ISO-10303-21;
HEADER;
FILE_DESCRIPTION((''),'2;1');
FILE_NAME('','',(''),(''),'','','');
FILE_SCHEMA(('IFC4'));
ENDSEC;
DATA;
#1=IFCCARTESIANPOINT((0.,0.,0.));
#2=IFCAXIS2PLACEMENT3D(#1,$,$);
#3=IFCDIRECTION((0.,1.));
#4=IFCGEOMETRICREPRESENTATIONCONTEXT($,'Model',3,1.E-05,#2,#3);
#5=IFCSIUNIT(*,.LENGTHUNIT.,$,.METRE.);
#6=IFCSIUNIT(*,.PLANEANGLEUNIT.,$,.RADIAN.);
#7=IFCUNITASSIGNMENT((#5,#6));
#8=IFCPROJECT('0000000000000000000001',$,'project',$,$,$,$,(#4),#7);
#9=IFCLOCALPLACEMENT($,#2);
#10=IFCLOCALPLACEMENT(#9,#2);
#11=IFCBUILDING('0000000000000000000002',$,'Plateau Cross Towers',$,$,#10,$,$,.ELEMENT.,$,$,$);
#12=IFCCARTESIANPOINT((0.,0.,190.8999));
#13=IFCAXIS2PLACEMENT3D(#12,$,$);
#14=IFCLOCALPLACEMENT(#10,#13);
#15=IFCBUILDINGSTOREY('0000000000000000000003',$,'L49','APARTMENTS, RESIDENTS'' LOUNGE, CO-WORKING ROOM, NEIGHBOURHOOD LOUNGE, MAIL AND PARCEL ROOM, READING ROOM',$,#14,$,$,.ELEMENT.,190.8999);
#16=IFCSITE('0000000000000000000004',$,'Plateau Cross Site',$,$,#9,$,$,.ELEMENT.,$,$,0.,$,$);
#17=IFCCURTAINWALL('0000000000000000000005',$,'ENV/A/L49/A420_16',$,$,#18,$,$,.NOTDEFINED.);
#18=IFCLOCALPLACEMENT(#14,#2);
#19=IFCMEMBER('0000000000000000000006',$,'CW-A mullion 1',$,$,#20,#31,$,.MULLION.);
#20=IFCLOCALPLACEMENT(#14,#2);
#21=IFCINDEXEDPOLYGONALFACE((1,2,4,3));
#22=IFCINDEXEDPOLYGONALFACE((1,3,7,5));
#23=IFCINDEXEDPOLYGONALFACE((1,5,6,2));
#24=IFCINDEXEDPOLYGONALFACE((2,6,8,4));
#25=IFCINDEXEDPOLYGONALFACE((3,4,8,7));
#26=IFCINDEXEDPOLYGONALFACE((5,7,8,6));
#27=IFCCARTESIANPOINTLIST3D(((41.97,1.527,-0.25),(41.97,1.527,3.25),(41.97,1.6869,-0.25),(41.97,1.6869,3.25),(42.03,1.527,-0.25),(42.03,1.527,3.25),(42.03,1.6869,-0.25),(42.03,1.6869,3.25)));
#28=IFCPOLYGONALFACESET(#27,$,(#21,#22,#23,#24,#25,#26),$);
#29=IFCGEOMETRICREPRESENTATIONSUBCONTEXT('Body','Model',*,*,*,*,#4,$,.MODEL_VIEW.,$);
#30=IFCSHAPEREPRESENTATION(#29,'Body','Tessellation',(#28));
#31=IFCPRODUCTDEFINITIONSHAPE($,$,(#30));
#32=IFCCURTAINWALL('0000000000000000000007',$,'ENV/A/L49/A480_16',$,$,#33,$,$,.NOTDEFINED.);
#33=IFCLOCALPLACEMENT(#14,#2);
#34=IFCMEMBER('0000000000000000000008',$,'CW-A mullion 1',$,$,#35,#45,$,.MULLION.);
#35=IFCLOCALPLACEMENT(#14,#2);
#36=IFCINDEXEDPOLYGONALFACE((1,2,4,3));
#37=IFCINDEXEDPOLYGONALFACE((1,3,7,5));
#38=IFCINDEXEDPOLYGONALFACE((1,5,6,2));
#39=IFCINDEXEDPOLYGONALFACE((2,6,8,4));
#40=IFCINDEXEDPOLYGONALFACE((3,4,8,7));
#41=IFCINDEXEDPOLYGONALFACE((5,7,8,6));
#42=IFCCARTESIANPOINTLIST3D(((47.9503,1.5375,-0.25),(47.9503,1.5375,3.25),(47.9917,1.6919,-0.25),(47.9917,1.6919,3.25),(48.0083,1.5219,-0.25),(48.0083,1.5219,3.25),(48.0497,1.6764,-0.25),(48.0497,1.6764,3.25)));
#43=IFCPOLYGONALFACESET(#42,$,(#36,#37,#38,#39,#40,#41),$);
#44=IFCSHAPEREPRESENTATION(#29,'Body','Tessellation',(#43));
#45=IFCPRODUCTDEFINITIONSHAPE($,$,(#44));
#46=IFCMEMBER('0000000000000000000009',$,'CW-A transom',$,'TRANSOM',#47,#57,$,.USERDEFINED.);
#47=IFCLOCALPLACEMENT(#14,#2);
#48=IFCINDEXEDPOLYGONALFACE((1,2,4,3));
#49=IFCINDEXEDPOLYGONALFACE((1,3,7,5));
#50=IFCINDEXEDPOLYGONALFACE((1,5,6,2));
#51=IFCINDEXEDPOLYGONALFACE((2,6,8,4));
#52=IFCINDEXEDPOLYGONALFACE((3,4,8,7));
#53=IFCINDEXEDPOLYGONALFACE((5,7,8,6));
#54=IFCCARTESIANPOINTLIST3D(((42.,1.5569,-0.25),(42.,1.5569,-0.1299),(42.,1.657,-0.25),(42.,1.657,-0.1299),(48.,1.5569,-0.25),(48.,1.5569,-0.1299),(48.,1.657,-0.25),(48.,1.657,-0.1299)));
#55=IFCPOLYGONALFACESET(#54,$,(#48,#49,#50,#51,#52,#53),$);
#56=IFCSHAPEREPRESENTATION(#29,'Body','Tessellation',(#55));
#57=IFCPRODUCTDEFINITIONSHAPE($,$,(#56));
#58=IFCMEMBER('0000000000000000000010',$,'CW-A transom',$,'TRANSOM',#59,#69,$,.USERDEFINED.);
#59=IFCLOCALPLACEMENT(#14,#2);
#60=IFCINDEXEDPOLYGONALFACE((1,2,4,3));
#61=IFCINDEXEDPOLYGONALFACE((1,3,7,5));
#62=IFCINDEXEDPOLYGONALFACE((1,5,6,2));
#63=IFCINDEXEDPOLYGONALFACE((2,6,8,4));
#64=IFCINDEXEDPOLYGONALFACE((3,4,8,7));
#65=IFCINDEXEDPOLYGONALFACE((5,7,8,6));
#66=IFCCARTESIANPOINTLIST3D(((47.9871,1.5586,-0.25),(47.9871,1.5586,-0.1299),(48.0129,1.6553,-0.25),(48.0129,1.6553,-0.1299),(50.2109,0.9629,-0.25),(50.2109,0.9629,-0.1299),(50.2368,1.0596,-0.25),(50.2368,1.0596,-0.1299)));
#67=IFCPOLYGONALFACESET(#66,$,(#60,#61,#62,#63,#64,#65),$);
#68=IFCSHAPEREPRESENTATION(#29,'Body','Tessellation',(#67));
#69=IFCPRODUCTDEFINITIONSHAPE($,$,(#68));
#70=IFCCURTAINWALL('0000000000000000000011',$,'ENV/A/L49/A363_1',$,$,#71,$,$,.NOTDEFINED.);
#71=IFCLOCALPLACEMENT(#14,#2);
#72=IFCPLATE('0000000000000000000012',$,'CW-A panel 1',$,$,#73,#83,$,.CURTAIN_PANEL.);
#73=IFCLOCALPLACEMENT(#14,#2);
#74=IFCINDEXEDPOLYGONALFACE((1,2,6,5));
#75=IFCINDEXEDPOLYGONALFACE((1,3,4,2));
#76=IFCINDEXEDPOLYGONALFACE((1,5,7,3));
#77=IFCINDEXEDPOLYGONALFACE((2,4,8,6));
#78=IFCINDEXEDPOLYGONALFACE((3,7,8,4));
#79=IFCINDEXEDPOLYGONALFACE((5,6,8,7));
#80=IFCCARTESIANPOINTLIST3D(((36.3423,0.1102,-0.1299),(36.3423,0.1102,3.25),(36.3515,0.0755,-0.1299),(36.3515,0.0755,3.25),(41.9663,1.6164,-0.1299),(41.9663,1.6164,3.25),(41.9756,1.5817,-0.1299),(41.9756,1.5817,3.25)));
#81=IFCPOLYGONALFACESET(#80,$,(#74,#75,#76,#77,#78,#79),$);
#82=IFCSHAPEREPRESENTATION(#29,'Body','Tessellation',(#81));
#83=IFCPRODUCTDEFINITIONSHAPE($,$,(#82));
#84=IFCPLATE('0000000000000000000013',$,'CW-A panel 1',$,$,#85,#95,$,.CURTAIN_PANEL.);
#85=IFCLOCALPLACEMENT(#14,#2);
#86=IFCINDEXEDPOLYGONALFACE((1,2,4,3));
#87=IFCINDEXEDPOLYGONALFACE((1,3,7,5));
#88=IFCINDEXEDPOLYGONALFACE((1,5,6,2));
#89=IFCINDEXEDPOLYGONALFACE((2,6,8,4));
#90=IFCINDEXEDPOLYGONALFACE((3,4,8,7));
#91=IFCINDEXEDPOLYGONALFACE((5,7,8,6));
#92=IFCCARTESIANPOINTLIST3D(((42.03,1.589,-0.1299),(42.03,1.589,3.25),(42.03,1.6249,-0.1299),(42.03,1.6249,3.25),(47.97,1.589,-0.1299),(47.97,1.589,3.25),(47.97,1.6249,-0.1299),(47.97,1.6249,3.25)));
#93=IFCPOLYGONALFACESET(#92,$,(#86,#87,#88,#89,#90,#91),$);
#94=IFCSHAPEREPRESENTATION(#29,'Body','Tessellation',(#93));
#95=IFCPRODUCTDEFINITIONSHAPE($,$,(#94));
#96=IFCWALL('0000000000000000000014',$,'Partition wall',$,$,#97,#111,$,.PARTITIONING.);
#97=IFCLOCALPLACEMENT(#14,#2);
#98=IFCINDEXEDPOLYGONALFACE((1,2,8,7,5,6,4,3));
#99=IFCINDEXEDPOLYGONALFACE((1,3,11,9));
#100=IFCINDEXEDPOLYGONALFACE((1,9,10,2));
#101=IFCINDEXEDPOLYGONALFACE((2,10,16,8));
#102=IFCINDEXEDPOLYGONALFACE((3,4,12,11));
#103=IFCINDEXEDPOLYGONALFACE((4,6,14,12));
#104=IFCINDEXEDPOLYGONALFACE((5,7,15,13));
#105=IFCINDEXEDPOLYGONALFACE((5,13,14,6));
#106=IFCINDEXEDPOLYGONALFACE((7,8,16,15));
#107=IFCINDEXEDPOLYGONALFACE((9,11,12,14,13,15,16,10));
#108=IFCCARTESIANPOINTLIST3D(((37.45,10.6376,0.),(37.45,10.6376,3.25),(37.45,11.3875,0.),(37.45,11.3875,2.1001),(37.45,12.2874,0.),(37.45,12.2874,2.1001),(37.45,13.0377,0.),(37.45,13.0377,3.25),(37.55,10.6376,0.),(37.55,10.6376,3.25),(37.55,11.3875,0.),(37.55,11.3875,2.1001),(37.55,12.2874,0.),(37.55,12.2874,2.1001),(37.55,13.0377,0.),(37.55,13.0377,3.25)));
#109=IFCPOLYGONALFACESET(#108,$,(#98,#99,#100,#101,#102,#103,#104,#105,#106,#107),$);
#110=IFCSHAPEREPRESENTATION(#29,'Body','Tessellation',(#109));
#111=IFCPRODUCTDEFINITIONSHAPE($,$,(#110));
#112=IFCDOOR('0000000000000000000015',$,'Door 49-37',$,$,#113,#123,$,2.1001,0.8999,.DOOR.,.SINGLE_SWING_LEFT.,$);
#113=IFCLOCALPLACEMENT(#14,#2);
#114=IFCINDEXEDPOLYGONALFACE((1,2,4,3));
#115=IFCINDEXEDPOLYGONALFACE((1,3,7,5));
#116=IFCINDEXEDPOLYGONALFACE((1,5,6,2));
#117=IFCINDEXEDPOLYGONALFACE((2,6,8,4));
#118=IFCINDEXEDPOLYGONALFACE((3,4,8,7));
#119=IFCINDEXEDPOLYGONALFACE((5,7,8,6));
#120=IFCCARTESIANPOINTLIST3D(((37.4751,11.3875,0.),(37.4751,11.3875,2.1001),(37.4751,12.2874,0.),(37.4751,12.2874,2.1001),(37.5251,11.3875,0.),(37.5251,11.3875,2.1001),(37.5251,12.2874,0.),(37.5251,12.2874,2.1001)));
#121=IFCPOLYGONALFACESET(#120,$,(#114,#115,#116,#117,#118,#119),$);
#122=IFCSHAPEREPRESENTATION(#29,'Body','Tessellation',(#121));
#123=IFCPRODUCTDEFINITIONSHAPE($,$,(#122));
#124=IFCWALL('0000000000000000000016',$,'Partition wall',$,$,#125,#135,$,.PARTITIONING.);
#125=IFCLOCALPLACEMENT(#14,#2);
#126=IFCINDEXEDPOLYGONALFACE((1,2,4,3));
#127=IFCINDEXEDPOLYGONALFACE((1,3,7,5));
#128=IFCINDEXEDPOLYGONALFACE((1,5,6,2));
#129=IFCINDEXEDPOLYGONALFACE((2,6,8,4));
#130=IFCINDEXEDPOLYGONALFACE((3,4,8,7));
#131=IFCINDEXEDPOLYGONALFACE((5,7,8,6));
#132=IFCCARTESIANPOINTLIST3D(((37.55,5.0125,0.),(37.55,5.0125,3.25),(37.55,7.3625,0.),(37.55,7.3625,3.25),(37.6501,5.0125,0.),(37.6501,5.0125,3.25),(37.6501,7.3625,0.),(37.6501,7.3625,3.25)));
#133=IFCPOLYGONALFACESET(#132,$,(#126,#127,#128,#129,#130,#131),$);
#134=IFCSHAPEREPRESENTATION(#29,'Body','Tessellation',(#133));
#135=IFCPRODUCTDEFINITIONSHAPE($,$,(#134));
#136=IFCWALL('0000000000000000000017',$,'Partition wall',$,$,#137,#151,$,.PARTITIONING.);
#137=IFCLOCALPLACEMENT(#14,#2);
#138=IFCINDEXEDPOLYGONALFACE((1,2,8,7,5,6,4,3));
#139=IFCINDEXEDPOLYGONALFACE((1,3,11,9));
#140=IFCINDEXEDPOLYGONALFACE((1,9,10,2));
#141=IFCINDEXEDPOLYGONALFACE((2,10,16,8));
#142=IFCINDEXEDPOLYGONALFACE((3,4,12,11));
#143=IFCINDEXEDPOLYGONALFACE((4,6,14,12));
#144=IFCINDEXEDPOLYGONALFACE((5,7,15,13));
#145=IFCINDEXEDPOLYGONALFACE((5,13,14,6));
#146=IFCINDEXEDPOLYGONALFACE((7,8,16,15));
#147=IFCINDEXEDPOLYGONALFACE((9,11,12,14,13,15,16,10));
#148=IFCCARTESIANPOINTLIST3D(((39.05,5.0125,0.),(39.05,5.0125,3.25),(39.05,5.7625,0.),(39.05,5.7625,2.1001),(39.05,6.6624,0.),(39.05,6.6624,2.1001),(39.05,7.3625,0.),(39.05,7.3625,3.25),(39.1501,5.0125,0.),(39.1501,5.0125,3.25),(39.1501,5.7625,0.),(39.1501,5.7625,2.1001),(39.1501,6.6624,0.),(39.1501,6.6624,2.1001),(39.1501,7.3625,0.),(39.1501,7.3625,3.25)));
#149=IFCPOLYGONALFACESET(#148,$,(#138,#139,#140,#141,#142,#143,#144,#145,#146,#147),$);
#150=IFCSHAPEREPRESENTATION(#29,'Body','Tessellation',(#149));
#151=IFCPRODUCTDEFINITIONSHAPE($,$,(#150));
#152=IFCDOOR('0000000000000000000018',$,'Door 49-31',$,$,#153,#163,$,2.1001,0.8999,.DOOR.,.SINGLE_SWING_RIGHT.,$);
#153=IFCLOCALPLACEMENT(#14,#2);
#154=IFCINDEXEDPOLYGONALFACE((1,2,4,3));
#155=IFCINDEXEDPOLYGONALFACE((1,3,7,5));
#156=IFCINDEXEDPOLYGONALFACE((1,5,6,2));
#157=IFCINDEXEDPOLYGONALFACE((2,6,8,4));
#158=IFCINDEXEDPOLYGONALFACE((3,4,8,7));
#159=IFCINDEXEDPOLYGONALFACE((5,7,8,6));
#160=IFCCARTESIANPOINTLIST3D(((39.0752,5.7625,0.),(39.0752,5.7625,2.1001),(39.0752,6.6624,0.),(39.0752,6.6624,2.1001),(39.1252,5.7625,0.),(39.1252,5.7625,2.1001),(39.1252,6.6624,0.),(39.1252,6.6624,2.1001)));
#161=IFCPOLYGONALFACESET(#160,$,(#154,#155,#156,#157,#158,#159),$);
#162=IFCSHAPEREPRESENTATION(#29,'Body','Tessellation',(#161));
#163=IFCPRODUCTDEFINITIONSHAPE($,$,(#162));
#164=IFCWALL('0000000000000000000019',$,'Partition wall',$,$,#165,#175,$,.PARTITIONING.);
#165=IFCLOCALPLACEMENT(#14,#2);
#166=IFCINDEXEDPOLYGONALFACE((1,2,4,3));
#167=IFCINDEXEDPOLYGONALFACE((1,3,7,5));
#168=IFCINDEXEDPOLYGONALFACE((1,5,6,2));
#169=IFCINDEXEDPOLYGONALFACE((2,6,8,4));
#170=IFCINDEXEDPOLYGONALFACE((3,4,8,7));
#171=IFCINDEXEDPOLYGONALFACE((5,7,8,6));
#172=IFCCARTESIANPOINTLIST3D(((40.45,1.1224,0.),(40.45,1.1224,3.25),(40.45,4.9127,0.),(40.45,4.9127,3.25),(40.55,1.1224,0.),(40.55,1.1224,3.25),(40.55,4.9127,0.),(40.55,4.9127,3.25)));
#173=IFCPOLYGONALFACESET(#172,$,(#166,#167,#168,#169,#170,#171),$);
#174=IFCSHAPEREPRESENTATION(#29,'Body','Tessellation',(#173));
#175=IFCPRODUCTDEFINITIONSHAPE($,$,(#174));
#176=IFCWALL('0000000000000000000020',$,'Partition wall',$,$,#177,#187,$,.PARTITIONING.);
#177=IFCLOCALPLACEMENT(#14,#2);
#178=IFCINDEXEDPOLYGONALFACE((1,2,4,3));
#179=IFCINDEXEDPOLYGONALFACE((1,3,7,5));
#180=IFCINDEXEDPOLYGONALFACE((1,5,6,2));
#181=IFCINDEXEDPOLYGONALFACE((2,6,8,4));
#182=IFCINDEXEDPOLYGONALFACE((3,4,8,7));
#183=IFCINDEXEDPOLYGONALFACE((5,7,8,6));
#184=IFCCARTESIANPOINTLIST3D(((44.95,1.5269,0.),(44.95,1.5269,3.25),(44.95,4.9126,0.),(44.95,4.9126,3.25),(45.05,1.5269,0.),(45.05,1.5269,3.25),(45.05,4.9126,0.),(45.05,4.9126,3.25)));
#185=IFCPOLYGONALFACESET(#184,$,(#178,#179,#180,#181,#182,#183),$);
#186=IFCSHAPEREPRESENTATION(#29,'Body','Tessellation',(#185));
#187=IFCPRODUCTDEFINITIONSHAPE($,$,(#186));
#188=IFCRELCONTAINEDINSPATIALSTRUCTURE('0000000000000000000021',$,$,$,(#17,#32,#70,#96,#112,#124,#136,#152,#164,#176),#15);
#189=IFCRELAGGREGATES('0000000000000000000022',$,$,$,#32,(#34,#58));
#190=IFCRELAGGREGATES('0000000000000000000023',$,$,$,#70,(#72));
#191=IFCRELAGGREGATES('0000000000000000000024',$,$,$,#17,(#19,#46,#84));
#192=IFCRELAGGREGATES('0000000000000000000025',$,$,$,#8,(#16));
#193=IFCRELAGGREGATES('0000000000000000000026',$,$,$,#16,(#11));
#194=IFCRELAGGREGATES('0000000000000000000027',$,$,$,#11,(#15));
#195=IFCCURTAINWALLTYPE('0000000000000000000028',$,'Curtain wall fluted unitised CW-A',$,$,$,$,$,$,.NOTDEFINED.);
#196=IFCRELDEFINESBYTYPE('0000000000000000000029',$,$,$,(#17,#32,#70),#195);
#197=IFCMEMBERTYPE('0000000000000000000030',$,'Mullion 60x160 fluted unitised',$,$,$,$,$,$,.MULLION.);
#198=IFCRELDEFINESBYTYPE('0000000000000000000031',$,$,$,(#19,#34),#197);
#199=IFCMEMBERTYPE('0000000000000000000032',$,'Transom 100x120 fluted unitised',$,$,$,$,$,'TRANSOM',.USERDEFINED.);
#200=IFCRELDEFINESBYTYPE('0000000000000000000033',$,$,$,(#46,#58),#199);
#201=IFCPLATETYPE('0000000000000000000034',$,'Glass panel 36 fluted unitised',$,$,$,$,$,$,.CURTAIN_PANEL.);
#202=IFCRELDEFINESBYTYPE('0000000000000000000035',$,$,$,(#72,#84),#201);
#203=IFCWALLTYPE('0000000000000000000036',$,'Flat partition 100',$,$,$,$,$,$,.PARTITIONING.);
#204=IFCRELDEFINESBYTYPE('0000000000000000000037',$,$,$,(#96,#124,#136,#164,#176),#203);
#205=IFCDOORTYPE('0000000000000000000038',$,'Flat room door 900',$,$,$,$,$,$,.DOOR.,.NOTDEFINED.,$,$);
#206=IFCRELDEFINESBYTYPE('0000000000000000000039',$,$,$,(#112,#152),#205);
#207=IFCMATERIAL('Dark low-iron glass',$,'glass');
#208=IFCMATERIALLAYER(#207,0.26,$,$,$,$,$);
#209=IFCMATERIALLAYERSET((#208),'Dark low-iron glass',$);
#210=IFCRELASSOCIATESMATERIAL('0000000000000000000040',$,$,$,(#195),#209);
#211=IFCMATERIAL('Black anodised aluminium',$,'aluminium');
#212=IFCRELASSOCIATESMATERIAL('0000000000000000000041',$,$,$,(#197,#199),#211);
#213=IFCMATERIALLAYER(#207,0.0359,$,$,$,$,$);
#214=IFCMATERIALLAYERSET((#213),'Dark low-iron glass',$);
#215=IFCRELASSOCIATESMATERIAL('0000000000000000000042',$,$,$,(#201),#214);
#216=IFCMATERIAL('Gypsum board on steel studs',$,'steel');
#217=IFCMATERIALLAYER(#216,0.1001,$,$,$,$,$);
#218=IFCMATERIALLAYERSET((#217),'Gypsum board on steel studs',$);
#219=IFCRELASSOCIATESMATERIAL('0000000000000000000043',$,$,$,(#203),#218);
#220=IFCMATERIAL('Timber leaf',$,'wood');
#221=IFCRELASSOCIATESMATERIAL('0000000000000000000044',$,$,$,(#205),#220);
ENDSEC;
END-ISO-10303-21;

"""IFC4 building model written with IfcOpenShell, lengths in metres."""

from ifc_helpers import new_model, si_unit, direction, frame, frame_2d, origin, origin_2d, place, context, subcontext, project, spatial, rectangle, extrude, material, layer, layer_set, material_profile, profile_set, type_object, element, fill, aggregate, save


model = new_model("IFC4")

# Units and contexts
model_context = context("Model", 3, precision=1e-05, world=origin(), true_north=direction((0.0, 1.0)))
body_context = subcontext(model_context, "Body", "Model", "MODEL_VIEW")
ifc_project = project(units=[si_unit("LENGTHUNIT", "METRE"), si_unit("PLANEANGLEUNIT", "RADIAN")], contexts=[model_context])

# Site, building, storey
site_placement = place(None, origin())
site = spatial("IfcSite", under=ifc_project, at=site_placement, Name="Plateau Cross Site", CompositionType="ELEMENT", RefElevation=0.0)
building_placement = place(site_placement, origin())
building = spatial("IfcBuilding", under=site, at=building_placement, Name="Plateau Cross Towers", CompositionType="ELEMENT")
storey_placement = place(building_placement, frame((0.0, 0.0, 190.8999)))
storey = spatial("IfcBuildingStorey", under=building, at=storey_placement, Name="L49", Description="APARTMENTS, RESIDENTS' LOUNGE, CO-WORKING ROOM, NEIGHBOURHOOD LOUNGE, MAIL AND PARCEL ROOM, READING ROOM", CompositionType="ELEMENT", Elevation=190.8999)

# Curtain walls, members
ifc_material_1 = material(Name="Dark low-iron glass", Category="glass")
ifc_layer_1 = layer(ifc_material_1, 0.26)
ifc_layer_set_1 = layer_set([ifc_layer_1], Name="Dark low-iron glass")
curtain_wall_type = type_object("IfcCurtainWallType", Name="Curtain wall fluted unitised CW-A", PredefinedType="NOTDEFINED", material=ifc_layer_set_1)
curtain_wall_1_placement = place(storey_placement, origin())
curtain_wall_1 = element("IfcCurtainWall", 1, at=curtain_wall_1_placement, inside=storey, type_object=curtain_wall_type, Name="ENV/A/L49/A420_16", PredefinedType="NOTDEFINED")
ifc_material_2 = material(Name="Black anodised aluminium", Category="aluminium")
ifc_material_profile_1 = material_profile(ifc_material_2, rectangle(XDim=0.0601, YDim=0.1599, at=origin_2d()), Name="MULLION 60x160")
ifc_profile_set_1 = profile_set([ifc_material_profile_1], Name="Black anodised aluminium")
member_type_1 = type_object("IfcMemberType", Name="Mullion 60x160 fluted unitised", PredefinedType="MULLION", material=ifc_profile_set_1)
member_1_placement = place(storey_placement, frame((42.0, 1.6069, -0.25), z_axis=(0.0, 0.0, 1.0), x_axis=(1.0, 0.0, 0.0)))
member_1 = element("IfcMember", 2, at=member_1_placement, type_object=member_type_1, Name="CW-A mullion 1", PredefinedType="MULLION", context=body_context, shape_type="SweptSolid", body=[
    extrude(rectangle(XDim=0.0601, YDim=0.1599, at=origin_2d()), origin(), (0.0, 0.0, 1.0), 3.5),
])
curtain_wall_2_placement = place(storey_placement, origin())
curtain_wall_2 = element("IfcCurtainWall", 3, at=curtain_wall_2_placement, inside=storey, type_object=curtain_wall_type, Name="ENV/A/L49/A480_16", PredefinedType="NOTDEFINED")
member_2_placement = place(storey_placement, frame((48.0, 1.6069, -0.25), z_axis=(0.0, 0.0, 1.0), x_axis=(0.965958, -0.258699, 0.0)))
member_2 = element("IfcMember", 4, at=member_2_placement, type_object=member_type_1, Name="CW-A mullion 1", PredefinedType="MULLION", context=body_context, shape_type="SweptSolid", body=[
    extrude(rectangle(XDim=0.0601, YDim=0.1599, at=origin_2d()), origin(), (0.0, 0.0, 1.0), 3.5),
])

# Members
ifc_material_profile_2 = material_profile(ifc_material_2, rectangle(XDim=0.1001, YDim=0.1201, at=origin_2d()), Name="TRANSOM 100x120")
ifc_profile_set_2 = profile_set([ifc_material_profile_2], Name="Black anodised aluminium")
member_type_2 = type_object("IfcMemberType", Name="Transom 100x120 fluted unitised", ElementType="TRANSOM", PredefinedType="USERDEFINED", material=ifc_profile_set_2)
member_3_placement = place(storey_placement, frame((42.0, 1.6069, -0.1899), z_axis=(1.0, 0.0, 0.0), x_axis=(0.0, 1.0, 0.0)))
member_3 = element("IfcMember", 5, at=member_3_placement, type_object=member_type_2, Name="CW-A transom", ObjectType="TRANSOM", PredefinedType="USERDEFINED", context=body_context, shape_type="SweptSolid", body=[
    extrude(rectangle(XDim=0.1001, YDim=0.1201, at=origin_2d()), origin(), (0.0, 0.0, 1.0), 6.0),
])
member_4_placement = place(storey_placement, frame((48.0, 1.6069, -0.1899), z_axis=(0.965946, -0.258745, 0.0), x_axis=(0.258745, 0.965946, 0.0)))
member_4 = element("IfcMember", 6, at=member_4_placement, type_object=member_type_2, Name="CW-A transom", ObjectType="TRANSOM", PredefinedType="USERDEFINED", context=body_context, shape_type="SweptSolid", body=[
    extrude(rectangle(XDim=0.1001, YDim=0.1201, at=origin_2d()), origin(), (0.0, 0.0, 1.0), 2.3022),
])
aggregate(curtain_wall_2, [member_2, member_4])

# Curtain wall, plate
curtain_wall_3_placement = place(storey_placement, origin())
curtain_wall_3 = element("IfcCurtainWall", 7, at=curtain_wall_3_placement, inside=storey, type_object=curtain_wall_type, Name="ENV/A/L49/A363_1", PredefinedType="NOTDEFINED")
ifc_layer_2 = layer(ifc_material_1, 0.0359)
ifc_layer_set_2 = layer_set([ifc_layer_2], Name="Dark low-iron glass")
plate_type = type_object("IfcPlateType", Name="Glass panel 36 fluted unitised", PredefinedType="CURTAIN_PANEL", material=ifc_layer_set_2)
plate_1_placement = place(storey_placement, frame((39.1589, 0.8459, -0.1299), z_axis=(0.0, 0.0, 1.0), x_axis=(0.965958, 0.258699, 0.0)))
plate_1 = element("IfcPlate", 8, at=plate_1_placement, type_object=plate_type, Name="CW-A panel 1", PredefinedType="CURTAIN_PANEL", context=body_context, shape_type="SweptSolid", body=[
    extrude(rectangle(XDim=5.8223, YDim=0.0359, at=origin_2d()), origin(), (0.0, 0.0, 1.0), 3.3799),
])
aggregate(curtain_wall_3, [plate_1])

# Plate
plate_2_placement = place(storey_placement, frame((45.0, 1.6069, -0.1299), z_axis=(0.0, 0.0, 1.0), x_axis=(1.0, 0.0, 0.0)))
plate_2 = element("IfcPlate", 9, at=plate_2_placement, type_object=plate_type, Name="CW-A panel 1", PredefinedType="CURTAIN_PANEL", context=body_context, shape_type="SweptSolid", body=[
    extrude(rectangle(XDim=5.9399, YDim=0.0359, at=origin_2d()), origin(), (0.0, 0.0, 1.0), 3.3799),
])
aggregate(curtain_wall_1, [member_1, member_3, plate_2])

# Wall, opening, door
ifc_material_3 = material(Name="Gypsum board on steel studs", Category="steel")
ifc_layer_3 = layer(ifc_material_3, 0.1001)
ifc_layer_set_3 = layer_set([ifc_layer_3], Name="Gypsum board on steel studs")
wall_type_1 = type_object("IfcWallType", Name="Flat partition 100", PredefinedType="PARTITIONING", material=ifc_layer_set_3)
wall_1_placement = place(storey_placement, frame((37.5, 10.6375, 0.0), z_axis=(0.0, 0.0, 1.0), x_axis=(0.0, 1.0, 0.0)))
wall_1 = element("IfcWall", 10, at=wall_1_placement, inside=storey, type_object=wall_type_1, Name="Partition wall", PredefinedType="PARTITIONING", context=body_context, shape_type="SweptSolid", body=[
    extrude(rectangle(XDim=2.4001, YDim=0.1001, at=frame_2d((1.2002, 0.0))), origin(), (0.0, 0.0, 1.0), 3.25),
])
opening_1_placement = place(wall_1_placement, frame((0.75, 0.0, 0.0)))
opening_1 = element("IfcOpeningElement", 11, at=opening_1_placement, cuts=wall_1, PredefinedType="OPENING", context=body_context, shape_type="SweptSolid", body=[
    extrude(rectangle(XDim=0.8999, YDim=2.1001, at=frame_2d((0.45, 1.05))), frame((0.0, 0.0601, 0.0), z_axis=(0.0, -1.0, 0.0), x_axis=(1.0, 0.0, 0.0)), (0.0, 0.0, 1.0), 0.1201),
])
ifc_material_4 = material(Name="Timber leaf", Category="wood")
door_type_1 = type_object("IfcDoorType", Name="Flat room door 900", OperationType="NOTDEFINED", PredefinedType="DOOR", material=ifc_material_4)
door_1_placement = place(opening_1_placement, origin())
door_1 = element("IfcDoor", 12, at=door_1_placement, inside=storey, type_object=door_type_1, Name="Door 49-37", OperationType="SINGLE_SWING_LEFT", OverallHeight=2.1001, OverallWidth=0.8999, PredefinedType="DOOR", context=body_context, shape_type="SweptSolid", body=[
    extrude(rectangle(XDim=0.8999, YDim=2.1001, at=frame_2d((0.45, 1.05))), frame((0.0, 0.0249, 0.0), z_axis=(0.0, -1.0, 0.0), x_axis=(1.0, 0.0, 0.0)), (0.0, 0.0, 1.0), 0.05),
])
fill(opening_1, door_1)

# Wall
wall_2_placement = place(storey_placement, frame((37.6001, 5.0125, 0.0), z_axis=(0.0, 0.0, 1.0), x_axis=(0.0, 1.0, 0.0)))
element("IfcWall", 13, at=wall_2_placement, inside=storey, type_object=wall_type_1, Name="Partition wall", PredefinedType="PARTITIONING", context=body_context, shape_type="SweptSolid", body=[
    extrude(rectangle(XDim=2.3501, YDim=0.1001, at=frame_2d((1.175, 0.0))), origin(), (0.0, 0.0, 1.0), 3.25),
])

# Wall, opening, door
wall_3_placement = place(storey_placement, frame((39.1001, 5.0125, 0.0), z_axis=(0.0, 0.0, 1.0), x_axis=(0.0, 1.0, 0.0)))
wall_3 = element("IfcWall", 14, at=wall_3_placement, inside=storey, type_object=wall_type_1, Name="Partition wall", PredefinedType="PARTITIONING", context=body_context, shape_type="SweptSolid", body=[
    extrude(rectangle(XDim=2.3501, YDim=0.1001, at=frame_2d((1.175, 0.0))), origin(), (0.0, 0.0, 1.0), 3.25),
])
opening_2_placement = place(wall_3_placement, frame((0.75, 0.0, 0.0)))
opening_2 = element("IfcOpeningElement", 15, at=opening_2_placement, cuts=wall_3, PredefinedType="OPENING", context=body_context, shape_type="SweptSolid", body=[
    extrude(rectangle(XDim=0.8999, YDim=2.1001, at=frame_2d((0.45, 1.05))), frame((0.0, 0.0601, 0.0), z_axis=(0.0, -1.0, 0.0), x_axis=(1.0, 0.0, 0.0)), (0.0, 0.0, 1.0), 0.1201),
])
door_2_placement = place(opening_2_placement, origin())
door_2 = element("IfcDoor", 16, at=door_2_placement, inside=storey, type_object=door_type_1, Name="Door 49-31", OperationType="SINGLE_SWING_RIGHT", OverallHeight=2.1001, OverallWidth=0.8999, PredefinedType="DOOR", context=body_context, shape_type="SweptSolid", body=[
    extrude(rectangle(XDim=0.8999, YDim=2.1001, at=frame_2d((0.45, 1.05))), frame((0.0, 0.0249, 0.0), z_axis=(0.0, -1.0, 0.0), x_axis=(1.0, 0.0, 0.0)), (0.0, 0.0, 1.0), 0.05),
])
fill(opening_2, door_2)

# Walls
wall_4_placement = place(storey_placement, frame((40.5, 4.9126, 0.0), z_axis=(0.0, 0.0, 1.0), x_axis=(0.0, -1.0, 0.0)))
element("IfcWall", 17, at=wall_4_placement, inside=storey, type_object=wall_type_1, Name="Partition wall", PredefinedType="PARTITIONING", context=body_context, shape_type="SweptSolid", body=[
    extrude(rectangle(XDim=3.7903, YDim=0.1001, at=frame_2d((1.895, 0.0))), origin(), (0.0, 0.0, 1.0), 3.25),
])
wall_5_placement = place(storey_placement, frame((45.0, 1.5269, 0.0), z_axis=(0.0, 0.0, 1.0), x_axis=(0.0, 1.0, 0.0)))
element("IfcWall", 18, at=wall_5_placement, inside=storey, type_object=wall_type_1, Name="Partition wall", PredefinedType="PARTITIONING", context=body_context, shape_type="SweptSolid", body=[
    extrude(rectangle(XDim=3.3857, YDim=0.1001, at=frame_2d((1.6929, 0.0))), origin(), (0.0, 0.0, 1.0), 3.25),
])

save(model, "model.ifc")
